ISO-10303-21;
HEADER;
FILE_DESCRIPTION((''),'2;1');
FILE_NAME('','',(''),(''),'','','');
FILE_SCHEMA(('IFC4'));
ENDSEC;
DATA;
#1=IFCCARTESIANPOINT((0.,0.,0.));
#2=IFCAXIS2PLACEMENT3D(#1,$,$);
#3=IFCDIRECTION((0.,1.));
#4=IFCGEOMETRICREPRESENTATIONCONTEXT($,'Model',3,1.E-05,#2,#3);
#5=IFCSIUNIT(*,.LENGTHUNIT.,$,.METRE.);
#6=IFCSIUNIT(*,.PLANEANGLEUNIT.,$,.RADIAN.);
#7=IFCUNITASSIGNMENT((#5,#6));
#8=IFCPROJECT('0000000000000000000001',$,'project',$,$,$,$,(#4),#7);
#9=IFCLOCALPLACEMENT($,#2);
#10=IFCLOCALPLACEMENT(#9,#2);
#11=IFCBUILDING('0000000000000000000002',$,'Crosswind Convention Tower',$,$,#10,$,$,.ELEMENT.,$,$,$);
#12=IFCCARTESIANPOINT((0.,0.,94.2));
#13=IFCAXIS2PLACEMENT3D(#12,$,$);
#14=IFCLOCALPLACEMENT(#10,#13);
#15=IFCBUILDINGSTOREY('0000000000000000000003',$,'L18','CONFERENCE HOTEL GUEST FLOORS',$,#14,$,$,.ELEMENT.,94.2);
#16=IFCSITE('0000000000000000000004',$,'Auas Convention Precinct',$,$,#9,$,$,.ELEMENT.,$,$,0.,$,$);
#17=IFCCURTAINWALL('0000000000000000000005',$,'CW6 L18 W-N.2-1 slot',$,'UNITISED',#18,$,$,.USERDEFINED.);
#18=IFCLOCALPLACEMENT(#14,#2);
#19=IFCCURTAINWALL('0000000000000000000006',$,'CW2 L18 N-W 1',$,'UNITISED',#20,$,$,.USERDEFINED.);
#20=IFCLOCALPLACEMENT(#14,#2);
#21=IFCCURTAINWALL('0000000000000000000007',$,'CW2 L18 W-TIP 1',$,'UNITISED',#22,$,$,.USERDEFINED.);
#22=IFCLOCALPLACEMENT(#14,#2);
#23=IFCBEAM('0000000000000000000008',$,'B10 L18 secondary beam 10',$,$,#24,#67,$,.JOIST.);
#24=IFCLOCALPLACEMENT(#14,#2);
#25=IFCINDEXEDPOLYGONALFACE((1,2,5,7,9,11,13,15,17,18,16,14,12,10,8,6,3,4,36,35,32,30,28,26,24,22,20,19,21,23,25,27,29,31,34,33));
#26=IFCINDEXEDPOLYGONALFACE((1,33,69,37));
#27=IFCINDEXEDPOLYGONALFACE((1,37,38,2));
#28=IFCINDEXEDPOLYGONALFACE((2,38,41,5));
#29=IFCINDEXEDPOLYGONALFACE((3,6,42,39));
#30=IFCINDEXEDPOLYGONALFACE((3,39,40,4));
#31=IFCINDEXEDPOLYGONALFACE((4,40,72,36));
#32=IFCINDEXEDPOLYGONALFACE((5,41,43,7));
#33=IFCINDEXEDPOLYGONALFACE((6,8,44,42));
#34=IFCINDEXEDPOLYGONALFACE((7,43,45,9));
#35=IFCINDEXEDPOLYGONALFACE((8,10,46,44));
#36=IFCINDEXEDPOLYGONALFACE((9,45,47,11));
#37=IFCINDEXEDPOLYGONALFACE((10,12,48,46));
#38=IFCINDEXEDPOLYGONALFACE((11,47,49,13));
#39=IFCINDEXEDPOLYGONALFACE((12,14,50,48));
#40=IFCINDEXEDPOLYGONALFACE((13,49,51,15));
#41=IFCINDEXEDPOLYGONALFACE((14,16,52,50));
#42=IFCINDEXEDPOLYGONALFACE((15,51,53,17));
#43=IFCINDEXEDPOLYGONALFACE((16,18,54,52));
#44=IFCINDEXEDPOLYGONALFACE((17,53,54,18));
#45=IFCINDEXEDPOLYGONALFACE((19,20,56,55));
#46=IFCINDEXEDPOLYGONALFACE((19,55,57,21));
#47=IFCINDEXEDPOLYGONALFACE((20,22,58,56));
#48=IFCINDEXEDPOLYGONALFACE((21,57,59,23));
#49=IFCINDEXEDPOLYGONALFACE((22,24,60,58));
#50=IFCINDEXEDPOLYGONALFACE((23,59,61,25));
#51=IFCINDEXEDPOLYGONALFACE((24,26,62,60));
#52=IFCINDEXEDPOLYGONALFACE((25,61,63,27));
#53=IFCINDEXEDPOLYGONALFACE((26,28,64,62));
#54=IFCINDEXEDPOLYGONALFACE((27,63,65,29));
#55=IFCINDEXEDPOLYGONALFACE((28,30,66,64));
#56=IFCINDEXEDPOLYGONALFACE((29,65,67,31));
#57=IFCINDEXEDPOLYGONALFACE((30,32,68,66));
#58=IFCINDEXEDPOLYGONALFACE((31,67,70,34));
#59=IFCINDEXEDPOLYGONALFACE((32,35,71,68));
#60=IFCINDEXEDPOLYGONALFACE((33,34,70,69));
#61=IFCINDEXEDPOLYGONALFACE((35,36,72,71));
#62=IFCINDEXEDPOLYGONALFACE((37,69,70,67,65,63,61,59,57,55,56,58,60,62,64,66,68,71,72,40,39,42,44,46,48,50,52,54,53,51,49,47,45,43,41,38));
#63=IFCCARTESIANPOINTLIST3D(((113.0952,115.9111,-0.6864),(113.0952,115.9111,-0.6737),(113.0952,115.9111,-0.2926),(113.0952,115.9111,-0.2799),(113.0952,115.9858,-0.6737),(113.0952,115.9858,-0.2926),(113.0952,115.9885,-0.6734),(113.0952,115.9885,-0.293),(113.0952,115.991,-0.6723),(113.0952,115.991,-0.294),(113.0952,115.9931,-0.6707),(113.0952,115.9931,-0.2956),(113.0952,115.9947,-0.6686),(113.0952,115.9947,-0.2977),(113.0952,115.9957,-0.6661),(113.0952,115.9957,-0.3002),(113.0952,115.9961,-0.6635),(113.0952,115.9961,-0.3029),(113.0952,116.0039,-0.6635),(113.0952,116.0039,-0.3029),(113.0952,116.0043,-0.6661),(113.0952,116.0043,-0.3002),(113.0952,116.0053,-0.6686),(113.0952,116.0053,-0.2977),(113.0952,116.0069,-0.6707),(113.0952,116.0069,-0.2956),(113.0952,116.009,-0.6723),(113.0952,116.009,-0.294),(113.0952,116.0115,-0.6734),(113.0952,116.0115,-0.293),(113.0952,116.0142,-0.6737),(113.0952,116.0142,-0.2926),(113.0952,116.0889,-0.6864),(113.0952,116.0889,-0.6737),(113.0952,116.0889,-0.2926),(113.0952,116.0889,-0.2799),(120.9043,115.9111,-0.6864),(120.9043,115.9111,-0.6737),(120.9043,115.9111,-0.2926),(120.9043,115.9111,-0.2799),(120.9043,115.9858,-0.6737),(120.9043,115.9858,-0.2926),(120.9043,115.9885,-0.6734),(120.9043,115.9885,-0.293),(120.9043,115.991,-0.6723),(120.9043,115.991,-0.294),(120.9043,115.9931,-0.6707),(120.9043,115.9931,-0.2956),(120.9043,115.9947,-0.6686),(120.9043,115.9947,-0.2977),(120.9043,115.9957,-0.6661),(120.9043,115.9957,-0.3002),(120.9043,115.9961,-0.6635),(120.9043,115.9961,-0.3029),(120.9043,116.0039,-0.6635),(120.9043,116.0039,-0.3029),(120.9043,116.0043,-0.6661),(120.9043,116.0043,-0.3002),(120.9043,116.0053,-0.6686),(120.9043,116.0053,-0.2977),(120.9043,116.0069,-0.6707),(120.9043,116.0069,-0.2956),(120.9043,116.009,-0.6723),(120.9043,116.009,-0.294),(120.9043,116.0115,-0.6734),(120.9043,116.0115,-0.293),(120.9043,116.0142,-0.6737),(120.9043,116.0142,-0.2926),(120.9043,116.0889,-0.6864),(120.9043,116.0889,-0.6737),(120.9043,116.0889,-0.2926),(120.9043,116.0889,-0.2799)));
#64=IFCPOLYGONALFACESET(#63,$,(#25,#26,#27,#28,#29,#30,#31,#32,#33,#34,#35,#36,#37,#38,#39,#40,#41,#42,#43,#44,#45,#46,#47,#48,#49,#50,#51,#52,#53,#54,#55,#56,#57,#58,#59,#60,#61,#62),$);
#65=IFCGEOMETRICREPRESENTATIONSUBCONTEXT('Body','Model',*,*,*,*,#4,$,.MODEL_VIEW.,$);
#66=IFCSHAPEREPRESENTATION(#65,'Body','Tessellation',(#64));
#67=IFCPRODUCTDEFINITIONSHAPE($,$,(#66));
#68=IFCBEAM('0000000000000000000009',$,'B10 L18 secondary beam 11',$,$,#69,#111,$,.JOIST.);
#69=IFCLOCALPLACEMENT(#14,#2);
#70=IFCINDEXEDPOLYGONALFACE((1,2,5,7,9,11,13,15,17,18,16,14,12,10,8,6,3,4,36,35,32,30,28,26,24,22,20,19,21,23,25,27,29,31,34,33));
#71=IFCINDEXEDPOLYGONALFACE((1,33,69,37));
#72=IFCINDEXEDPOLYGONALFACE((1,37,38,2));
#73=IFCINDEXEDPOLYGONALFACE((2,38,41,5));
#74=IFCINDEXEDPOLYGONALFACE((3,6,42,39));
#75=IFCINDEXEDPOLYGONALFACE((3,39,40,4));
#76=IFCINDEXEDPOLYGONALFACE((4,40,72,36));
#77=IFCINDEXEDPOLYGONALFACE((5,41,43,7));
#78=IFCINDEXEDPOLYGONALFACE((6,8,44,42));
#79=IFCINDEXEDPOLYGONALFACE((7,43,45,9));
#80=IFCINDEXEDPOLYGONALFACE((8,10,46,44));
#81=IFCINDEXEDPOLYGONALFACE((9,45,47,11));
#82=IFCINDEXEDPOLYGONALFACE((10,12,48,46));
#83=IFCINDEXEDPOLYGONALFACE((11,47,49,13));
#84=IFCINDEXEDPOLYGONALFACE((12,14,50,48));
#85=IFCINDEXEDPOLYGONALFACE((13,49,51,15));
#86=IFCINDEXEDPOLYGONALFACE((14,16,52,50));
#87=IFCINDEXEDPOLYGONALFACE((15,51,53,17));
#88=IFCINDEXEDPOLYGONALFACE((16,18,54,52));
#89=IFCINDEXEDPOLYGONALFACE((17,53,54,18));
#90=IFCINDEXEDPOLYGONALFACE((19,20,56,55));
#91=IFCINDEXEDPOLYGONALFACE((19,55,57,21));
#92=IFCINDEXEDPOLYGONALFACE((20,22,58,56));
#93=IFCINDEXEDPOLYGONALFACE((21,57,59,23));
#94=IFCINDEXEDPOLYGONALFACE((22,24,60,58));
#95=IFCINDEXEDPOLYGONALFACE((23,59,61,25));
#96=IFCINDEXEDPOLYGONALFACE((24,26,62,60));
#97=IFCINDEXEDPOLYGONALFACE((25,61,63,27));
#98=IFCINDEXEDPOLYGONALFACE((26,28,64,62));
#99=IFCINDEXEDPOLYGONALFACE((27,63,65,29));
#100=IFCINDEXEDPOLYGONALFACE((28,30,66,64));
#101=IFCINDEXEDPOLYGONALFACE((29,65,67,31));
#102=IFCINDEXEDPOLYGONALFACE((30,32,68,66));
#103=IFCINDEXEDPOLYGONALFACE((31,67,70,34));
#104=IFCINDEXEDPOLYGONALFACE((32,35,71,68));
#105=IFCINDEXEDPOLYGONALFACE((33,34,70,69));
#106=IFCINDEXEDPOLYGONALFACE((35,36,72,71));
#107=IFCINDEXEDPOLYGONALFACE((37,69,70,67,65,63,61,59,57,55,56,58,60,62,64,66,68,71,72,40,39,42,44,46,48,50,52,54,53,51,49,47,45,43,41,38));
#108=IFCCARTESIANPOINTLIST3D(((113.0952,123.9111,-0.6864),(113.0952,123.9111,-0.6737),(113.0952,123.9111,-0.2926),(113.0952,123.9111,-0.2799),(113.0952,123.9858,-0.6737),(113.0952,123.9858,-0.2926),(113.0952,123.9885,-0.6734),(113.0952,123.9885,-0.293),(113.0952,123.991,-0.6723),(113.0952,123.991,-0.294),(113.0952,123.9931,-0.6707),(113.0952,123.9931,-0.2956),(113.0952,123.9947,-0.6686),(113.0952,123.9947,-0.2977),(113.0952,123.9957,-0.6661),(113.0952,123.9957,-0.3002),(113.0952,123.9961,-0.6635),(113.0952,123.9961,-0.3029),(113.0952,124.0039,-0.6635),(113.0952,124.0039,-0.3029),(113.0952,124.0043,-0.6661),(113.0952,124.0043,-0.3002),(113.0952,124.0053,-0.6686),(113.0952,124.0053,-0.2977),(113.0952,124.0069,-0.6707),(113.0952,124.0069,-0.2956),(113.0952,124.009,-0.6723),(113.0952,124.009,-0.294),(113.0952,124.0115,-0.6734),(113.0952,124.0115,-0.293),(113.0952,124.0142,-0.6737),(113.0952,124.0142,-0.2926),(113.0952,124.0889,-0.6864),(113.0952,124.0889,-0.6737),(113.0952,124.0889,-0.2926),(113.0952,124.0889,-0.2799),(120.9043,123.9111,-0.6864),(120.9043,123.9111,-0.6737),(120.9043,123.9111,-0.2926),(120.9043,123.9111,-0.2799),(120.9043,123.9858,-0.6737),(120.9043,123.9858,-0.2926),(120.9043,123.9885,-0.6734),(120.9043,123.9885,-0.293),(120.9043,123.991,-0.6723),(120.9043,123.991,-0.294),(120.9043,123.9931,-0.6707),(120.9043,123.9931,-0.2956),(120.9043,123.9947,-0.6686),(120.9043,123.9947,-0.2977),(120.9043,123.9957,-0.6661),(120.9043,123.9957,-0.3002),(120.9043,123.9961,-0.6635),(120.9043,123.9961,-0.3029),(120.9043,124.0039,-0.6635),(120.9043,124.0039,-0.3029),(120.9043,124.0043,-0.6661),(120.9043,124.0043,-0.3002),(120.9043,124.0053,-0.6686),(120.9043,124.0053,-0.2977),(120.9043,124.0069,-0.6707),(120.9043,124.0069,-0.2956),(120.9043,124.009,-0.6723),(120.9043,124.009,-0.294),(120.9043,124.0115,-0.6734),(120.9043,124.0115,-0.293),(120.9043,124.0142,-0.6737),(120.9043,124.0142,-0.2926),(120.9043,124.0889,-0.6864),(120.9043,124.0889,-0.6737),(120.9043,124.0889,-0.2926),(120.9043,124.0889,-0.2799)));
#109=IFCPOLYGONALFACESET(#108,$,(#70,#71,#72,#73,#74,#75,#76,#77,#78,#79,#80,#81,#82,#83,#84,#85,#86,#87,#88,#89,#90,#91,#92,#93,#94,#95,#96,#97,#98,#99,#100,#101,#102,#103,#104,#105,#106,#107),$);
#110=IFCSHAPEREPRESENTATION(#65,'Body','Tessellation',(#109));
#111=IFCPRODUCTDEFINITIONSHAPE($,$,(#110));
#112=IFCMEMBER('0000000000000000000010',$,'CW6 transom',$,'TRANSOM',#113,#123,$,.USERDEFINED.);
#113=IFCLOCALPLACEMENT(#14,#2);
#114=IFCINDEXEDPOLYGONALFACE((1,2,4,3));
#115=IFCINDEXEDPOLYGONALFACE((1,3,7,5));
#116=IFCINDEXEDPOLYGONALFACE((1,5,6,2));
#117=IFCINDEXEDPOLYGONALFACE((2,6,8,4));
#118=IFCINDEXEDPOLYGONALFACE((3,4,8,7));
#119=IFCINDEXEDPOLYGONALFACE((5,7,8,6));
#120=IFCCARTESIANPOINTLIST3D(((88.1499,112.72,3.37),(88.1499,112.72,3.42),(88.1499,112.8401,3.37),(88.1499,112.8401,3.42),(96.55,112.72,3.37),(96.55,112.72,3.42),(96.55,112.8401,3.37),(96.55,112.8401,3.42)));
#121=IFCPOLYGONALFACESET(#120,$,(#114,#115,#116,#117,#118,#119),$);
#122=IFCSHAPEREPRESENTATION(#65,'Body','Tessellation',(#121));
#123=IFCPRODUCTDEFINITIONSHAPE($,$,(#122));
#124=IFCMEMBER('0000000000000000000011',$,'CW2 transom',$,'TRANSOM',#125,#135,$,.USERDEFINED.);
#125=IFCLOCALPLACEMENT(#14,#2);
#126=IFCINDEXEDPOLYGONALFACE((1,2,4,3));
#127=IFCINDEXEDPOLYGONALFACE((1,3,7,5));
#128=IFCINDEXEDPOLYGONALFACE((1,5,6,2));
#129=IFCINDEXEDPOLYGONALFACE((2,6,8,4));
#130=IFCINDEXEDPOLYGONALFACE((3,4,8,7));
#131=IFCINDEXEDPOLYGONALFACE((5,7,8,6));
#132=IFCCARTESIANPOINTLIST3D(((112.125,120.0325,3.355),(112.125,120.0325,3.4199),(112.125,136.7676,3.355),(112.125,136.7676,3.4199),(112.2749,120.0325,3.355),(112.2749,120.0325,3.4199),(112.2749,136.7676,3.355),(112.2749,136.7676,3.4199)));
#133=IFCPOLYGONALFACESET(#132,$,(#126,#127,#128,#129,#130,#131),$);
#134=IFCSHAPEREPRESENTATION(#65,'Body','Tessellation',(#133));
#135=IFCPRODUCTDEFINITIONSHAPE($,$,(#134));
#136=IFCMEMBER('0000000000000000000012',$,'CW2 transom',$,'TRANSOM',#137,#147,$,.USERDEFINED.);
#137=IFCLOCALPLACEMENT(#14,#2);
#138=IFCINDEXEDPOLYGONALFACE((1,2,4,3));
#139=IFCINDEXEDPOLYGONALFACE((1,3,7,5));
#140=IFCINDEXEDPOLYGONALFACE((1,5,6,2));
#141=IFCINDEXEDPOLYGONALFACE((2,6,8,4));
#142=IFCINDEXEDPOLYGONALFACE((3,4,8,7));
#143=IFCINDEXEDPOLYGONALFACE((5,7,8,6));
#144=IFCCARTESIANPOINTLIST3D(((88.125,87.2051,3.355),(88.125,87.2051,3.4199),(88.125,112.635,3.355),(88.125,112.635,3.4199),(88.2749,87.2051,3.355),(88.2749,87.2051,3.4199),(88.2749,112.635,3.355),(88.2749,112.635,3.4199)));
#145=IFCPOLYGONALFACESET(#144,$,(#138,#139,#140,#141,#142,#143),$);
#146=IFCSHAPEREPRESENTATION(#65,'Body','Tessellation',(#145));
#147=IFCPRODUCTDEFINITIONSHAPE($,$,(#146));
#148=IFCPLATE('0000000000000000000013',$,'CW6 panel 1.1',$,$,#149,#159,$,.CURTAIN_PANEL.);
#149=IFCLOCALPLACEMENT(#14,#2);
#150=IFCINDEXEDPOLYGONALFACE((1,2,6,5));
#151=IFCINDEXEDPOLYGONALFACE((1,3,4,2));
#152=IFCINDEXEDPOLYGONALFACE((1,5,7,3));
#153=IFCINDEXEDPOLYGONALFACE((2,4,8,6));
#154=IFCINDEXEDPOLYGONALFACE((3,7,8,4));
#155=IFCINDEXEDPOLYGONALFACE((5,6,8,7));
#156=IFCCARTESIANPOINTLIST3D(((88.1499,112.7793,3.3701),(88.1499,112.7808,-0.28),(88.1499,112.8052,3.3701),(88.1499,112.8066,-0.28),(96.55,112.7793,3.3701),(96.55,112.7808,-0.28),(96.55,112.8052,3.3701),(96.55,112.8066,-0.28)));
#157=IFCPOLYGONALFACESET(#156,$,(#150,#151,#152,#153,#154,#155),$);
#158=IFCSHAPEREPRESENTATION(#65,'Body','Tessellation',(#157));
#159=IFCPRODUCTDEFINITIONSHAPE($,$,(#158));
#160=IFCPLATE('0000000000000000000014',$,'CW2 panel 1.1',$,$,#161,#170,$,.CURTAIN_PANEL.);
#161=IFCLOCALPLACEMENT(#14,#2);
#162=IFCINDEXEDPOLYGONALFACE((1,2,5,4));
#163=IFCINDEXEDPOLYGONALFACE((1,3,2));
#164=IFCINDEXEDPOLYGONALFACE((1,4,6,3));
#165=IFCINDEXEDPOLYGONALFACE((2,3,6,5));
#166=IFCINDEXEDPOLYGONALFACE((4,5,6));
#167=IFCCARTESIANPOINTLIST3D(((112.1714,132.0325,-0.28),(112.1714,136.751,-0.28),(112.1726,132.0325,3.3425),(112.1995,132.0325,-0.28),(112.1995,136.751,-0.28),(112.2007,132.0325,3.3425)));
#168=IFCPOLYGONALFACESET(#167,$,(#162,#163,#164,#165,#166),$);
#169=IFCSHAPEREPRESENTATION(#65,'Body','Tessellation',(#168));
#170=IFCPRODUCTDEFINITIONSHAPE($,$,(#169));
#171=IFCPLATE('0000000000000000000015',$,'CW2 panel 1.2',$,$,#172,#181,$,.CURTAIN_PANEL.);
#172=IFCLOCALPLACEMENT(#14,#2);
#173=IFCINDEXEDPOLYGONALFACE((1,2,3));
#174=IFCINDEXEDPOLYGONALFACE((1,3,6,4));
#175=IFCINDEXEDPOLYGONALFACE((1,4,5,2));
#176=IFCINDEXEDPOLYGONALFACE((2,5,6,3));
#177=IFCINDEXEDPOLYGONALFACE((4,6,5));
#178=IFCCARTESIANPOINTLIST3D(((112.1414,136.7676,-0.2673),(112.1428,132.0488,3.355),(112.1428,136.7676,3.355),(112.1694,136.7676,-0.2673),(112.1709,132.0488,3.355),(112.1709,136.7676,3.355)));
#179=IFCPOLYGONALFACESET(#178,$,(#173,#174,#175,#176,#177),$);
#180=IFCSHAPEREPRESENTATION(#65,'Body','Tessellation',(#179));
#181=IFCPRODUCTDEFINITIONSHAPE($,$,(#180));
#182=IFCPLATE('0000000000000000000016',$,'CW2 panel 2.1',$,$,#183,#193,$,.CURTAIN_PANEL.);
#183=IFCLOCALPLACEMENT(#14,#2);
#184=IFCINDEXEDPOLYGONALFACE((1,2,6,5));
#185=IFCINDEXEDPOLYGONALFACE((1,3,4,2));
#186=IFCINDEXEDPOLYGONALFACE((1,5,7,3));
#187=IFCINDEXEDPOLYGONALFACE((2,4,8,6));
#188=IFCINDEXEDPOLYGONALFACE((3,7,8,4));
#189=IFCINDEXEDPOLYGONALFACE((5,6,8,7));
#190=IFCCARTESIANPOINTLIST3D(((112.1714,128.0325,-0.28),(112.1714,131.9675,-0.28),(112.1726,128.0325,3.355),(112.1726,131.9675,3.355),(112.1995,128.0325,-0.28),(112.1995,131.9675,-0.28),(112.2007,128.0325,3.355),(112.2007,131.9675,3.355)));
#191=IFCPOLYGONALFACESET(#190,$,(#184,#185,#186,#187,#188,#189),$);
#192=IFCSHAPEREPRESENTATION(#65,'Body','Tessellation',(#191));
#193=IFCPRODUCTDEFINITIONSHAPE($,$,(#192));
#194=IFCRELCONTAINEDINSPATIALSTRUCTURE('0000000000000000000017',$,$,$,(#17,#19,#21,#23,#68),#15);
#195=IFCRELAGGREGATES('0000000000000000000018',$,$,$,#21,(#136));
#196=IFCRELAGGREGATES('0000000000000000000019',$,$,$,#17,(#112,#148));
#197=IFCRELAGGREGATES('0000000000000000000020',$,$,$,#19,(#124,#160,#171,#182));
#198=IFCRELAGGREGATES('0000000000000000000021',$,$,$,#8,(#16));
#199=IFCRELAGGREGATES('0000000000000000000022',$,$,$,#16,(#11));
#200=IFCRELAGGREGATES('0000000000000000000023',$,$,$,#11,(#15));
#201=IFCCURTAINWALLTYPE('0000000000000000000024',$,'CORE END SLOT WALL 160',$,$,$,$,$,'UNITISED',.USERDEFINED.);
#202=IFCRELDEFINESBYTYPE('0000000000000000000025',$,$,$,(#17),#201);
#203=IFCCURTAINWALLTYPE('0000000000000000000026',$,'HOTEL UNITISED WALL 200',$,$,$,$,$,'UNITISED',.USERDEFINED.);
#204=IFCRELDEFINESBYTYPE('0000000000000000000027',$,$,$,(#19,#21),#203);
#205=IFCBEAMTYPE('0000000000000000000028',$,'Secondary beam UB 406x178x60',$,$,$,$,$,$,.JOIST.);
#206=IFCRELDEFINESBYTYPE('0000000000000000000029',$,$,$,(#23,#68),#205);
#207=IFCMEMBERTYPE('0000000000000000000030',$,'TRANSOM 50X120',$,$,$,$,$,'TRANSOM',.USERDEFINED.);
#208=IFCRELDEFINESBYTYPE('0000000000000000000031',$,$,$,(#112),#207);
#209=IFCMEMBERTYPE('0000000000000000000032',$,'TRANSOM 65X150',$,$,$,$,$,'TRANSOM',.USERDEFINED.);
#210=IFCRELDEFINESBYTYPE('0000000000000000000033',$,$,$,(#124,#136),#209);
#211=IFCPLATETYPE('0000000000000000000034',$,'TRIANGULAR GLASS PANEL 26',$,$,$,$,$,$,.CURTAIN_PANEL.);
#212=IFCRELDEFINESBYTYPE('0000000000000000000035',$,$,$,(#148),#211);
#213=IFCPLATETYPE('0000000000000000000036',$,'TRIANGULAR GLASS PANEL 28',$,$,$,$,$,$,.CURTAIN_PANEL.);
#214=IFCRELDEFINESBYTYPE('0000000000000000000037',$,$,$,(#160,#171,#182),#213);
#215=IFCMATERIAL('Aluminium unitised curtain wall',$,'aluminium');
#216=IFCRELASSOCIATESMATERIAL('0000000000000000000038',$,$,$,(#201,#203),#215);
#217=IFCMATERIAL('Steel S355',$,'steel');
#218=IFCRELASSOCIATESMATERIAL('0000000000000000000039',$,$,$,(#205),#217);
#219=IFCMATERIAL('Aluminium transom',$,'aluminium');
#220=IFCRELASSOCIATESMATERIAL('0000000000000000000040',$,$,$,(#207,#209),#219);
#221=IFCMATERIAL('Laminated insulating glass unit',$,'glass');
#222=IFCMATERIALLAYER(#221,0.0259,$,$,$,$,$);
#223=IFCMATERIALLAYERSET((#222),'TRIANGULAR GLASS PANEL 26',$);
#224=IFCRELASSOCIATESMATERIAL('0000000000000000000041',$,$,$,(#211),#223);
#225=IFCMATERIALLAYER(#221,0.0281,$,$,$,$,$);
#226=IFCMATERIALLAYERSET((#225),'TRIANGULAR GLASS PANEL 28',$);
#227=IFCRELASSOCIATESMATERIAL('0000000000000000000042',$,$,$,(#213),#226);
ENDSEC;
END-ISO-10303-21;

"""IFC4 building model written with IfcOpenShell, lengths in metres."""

from ifc_helpers import new_model, si_unit, direction, frame, origin, origin_2d, place, context, subcontext, project, spatial, polyline, rectangle, i_section, outline, extrude, material, layer, layer_set, material_profile, profile_set, type_object, element, aggregate, save


model = new_model("IFC4")

# Units and contexts
model_context = context("Model", 3, precision=1e-05, world=origin(), true_north=direction((0.0, 1.0)))
body_context = subcontext(model_context, "Body", "Model", "MODEL_VIEW")
ifc_project = project(units=[si_unit("LENGTHUNIT", "METRE"), si_unit("PLANEANGLEUNIT", "RADIAN")], contexts=[model_context])

# Site, building, storey
site_placement = place(None, origin())
site = spatial("IfcSite", under=ifc_project, at=site_placement, Name="Auas Convention Precinct", CompositionType="ELEMENT", RefElevation=0.0)
building_placement = place(site_placement, origin())
building = spatial("IfcBuilding", under=site, at=building_placement, Name="Crosswind Convention Tower", CompositionType="ELEMENT")
storey_placement = place(building_placement, frame((0.0, 0.0, 94.2)))
storey = spatial("IfcBuildingStorey", under=building, at=storey_placement, Name="L18", Description="CONFERENCE HOTEL GUEST FLOORS", CompositionType="ELEMENT", Elevation=94.2)

# Shared definitions
ifc_material_1 = material(Name="Steel S355", Category="steel")

# Curtain wall
ifc_material_2 = material(Name="Aluminium unitised curtain wall", Category="aluminium")
curtain_wall_type_1 = type_object("IfcCurtainWallType", Name="CORE END SLOT WALL 160", ElementType="UNITISED", PredefinedType="USERDEFINED", material=ifc_material_2)
curtain_wall_1_placement = place(storey_placement, origin())
curtain_wall_1 = element("IfcCurtainWall", 1, at=curtain_wall_1_placement, inside=storey, type_object=curtain_wall_type_1, Name="CW6 L18 W-N.2-1 slot", ObjectType="UNITISED", PredefinedType="USERDEFINED")

# Shared definitions
curtain_wall_type_2 = type_object("IfcCurtainWallType", Name="HOTEL UNITISED WALL 200", ElementType="UNITISED", PredefinedType="USERDEFINED", material=ifc_material_2)

# Curtain wall
curtain_wall_2_placement = place(storey_placement, origin())
curtain_wall_2 = element("IfcCurtainWall", 2, at=curtain_wall_2_placement, inside=storey, type_object=curtain_wall_type_2, Name="CW2 L18 N-W 1", ObjectType="UNITISED", PredefinedType="USERDEFINED")

# Curtain wall
curtain_wall_3_placement = place(storey_placement, origin())
curtain_wall_3 = element("IfcCurtainWall", 3, at=curtain_wall_3_placement, inside=storey, type_object=curtain_wall_type_2, Name="CW2 L18 W-TIP 1", ObjectType="UNITISED", PredefinedType="USERDEFINED")

# Beams
ifc_material_profile_1 = material_profile(ifc_material_1, i_section(OverallWidth=0.1777, OverallDepth=0.4065, WebThickness=0.0078, FlangeThickness=0.0127, FilletRadius=0.0103, at=origin_2d()), Name="UB 406x178x60")
ifc_profile_set_1 = profile_set([ifc_material_profile_1], Name="Steel S355")
beam_type_1 = type_object("IfcBeamType", Name="Secondary beam UB 406x178x60", PredefinedType="JOIST", material=ifc_profile_set_1)
for number, where, z_axis, x_axis, name in (
    (4, (113.0952, 116.0, -0.4832), (1.0, 0.0, 0.0), (0.0, 1.0, 0.0), "B10 L18 secondary beam 10"),
    (5, (113.0952, 124.0, -0.4832), (1.0, 0.0, 0.0), (0.0, 1.0, 0.0), "B10 L18 secondary beam 11"),
):
    element("IfcBeam", number, at=place(storey_placement, frame(where, z_axis=z_axis, x_axis=x_axis)), inside=storey, type_object=beam_type_1, Name=name, PredefinedType="JOIST", context=body_context, shape_type="SweptSolid", body=[
        extrude(i_section(OverallWidth=0.1777, OverallDepth=0.4065, WebThickness=0.0078, FlangeThickness=0.0127, FilletRadius=0.0103, at=origin_2d()), origin(), (0.0, 0.0, 1.0), 7.8091),
    ])

# Members
ifc_material_3 = material(Name="Aluminium transom", Category="aluminium")
ifc_material_profile_2 = material_profile(ifc_material_3, rectangle(XDim=0.1201, YDim=0.05, at=origin_2d()), Name="AL 120X50")
ifc_profile_set_2 = profile_set([ifc_material_profile_2], Name="Aluminium transom")
member_type_1 = type_object("IfcMemberType", Name="TRANSOM 50X120", ElementType="TRANSOM", PredefinedType="USERDEFINED", material=ifc_profile_set_2)
member_1_placement = place(storey_placement, frame((96.55, 112.78, 3.395), z_axis=(-1.0, 0.0, 0.0), x_axis=(0.0, -1.0, 0.0)))
member_1 = element("IfcMember", 6, at=member_1_placement, type_object=member_type_1, Name="CW6 transom", ObjectType="TRANSOM", PredefinedType="USERDEFINED", context=body_context, shape_type="SweptSolid", body=[
    extrude(rectangle(XDim=0.1201, YDim=0.05, at=origin_2d()), origin(), (0.0, 0.0, 1.0), 8.4001),
])
ifc_material_profile_3 = material_profile(ifc_material_3, rectangle(XDim=0.1499, YDim=0.0649, at=origin_2d()), Name="AL 150X65")
ifc_profile_set_3 = profile_set([ifc_material_profile_3], Name="Aluminium transom")
member_type_2 = type_object("IfcMemberType", Name="TRANSOM 65X150", ElementType="TRANSOM", PredefinedType="USERDEFINED", material=ifc_profile_set_3)
member_2_placement = place(storey_placement, frame((112.2, 136.7676, 3.3875), z_axis=(0.0, -1.0, 0.0), x_axis=(1.0, 0.0, 0.0)))
member_2 = element("IfcMember", 7, at=member_2_placement, type_object=member_type_2, Name="CW2 transom", ObjectType="TRANSOM", PredefinedType="USERDEFINED", context=body_context, shape_type="SweptSolid", body=[
    extrude(rectangle(XDim=0.1499, YDim=0.0649, at=origin_2d()), origin(), (0.0, 0.0, 1.0), 16.7351),
])
member_3_placement = place(storey_placement, frame((88.2, 112.635, 3.3875), z_axis=(0.0, -1.0, 0.0), x_axis=(1.0, 0.0, 0.0)))
member_3 = element("IfcMember", 8, at=member_3_placement, type_object=member_type_2, Name="CW2 transom", ObjectType="TRANSOM", PredefinedType="USERDEFINED", context=body_context, shape_type="SweptSolid", body=[
    extrude(rectangle(XDim=0.1499, YDim=0.0649, at=origin_2d()), origin(), (0.0, 0.0, 1.0), 25.4299),
])
aggregate(curtain_wall_3, [member_3])

# Plates
ifc_material_4 = material(Name="Laminated insulating glass unit", Category="glass")
ifc_layer_1 = layer(ifc_material_4, 0.0259)
ifc_layer_set_1 = layer_set([ifc_layer_1], Name="TRIANGULAR GLASS PANEL 26")
plate_type_1 = type_object("IfcPlateType", Name="TRIANGULAR GLASS PANEL 26", PredefinedType="CURTAIN_PANEL", material=ifc_layer_set_1)
plate_1_placement = place(storey_placement, frame((96.55, 112.8066, -0.28), z_axis=(0.0, 1.0, 0.000401), x_axis=(-1.0, 0.0, 0.0)))
plate_1 = element("IfcPlate", 9, at=plate_1_placement, type_object=plate_type_1, Name="CW6 panel 1.1", PredefinedType="CURTAIN_PANEL", context=body_context, shape_type="SweptSolid", body=[
    extrude(outline(polyline([(0.0, 0.0), (8.4001, 0.0), (8.4001, 3.6501), (0.0, 3.6501), (0.0, 0.0)])), origin(), (0.0, 0.0, -1.0), 0.0259),
])
aggregate(curtain_wall_1, [member_1, plate_1])
ifc_layer_2 = layer(ifc_material_4, 0.0281)
ifc_layer_set_2 = layer_set([ifc_layer_2], Name="TRIANGULAR GLASS PANEL 28")
plate_type_2 = type_object("IfcPlateType", Name="TRIANGULAR GLASS PANEL 28", PredefinedType="CURTAIN_PANEL", material=ifc_layer_set_2)
plate_2_placement = place(storey_placement, frame((112.1714, 132.0325, -0.28), z_axis=(-1.0, 0.0, 0.000337), x_axis=(0.000337, 0.0, 1.0)))
plate_2 = element("IfcPlate", 10, at=plate_2_placement, type_object=plate_type_2, Name="CW2 panel 1.1", PredefinedType="CURTAIN_PANEL", context=body_context, shape_type="SweptSolid", body=[
    extrude(outline(polyline([(0.0, 0.0), (3.6226, 0.0), (0.0, 4.7185), (0.0, 0.0)])), origin(), (0.0, 0.0, -1.0), 0.0281),
])
plate_3_placement = place(storey_placement, frame((112.1428, 136.7676, 3.355), z_axis=(-1.0, 0.0, 0.000404), x_axis=(-0.000404, 0.0, -1.0)))
plate_3 = element("IfcPlate", 11, at=plate_3_placement, type_object=plate_type_2, Name="CW2 panel 1.2", PredefinedType="CURTAIN_PANEL", context=body_context, shape_type="SweptSolid", body=[
    extrude(outline(polyline([(0.0, 0.0), (3.6223, 0.0), (0.0, 4.7188), (0.0, 0.0)])), origin(), (0.0, 0.0, -1.0), 0.0281),
])
plate_4_placement = place(storey_placement, frame((112.1714, 131.9675, -0.28), z_axis=(-1.0, 0.0, 0.000336), x_axis=(0.0, -1.0, 0.0)))
plate_4 = element("IfcPlate", 12, at=plate_4_placement, type_object=plate_type_2, Name="CW2 panel 2.1", PredefinedType="CURTAIN_PANEL", context=body_context, shape_type="SweptSolid", body=[
    extrude(outline(polyline([(0.0, 0.0), (3.9351, 0.0), (3.9351, 3.635), (0.0, 3.635), (0.0, 0.0)])), origin(), (0.0, 0.0, -1.0), 0.0281),
])

aggregate(curtain_wall_2, [member_2, plate_2, plate_3, plate_4])

save(model, "model.ifc")
